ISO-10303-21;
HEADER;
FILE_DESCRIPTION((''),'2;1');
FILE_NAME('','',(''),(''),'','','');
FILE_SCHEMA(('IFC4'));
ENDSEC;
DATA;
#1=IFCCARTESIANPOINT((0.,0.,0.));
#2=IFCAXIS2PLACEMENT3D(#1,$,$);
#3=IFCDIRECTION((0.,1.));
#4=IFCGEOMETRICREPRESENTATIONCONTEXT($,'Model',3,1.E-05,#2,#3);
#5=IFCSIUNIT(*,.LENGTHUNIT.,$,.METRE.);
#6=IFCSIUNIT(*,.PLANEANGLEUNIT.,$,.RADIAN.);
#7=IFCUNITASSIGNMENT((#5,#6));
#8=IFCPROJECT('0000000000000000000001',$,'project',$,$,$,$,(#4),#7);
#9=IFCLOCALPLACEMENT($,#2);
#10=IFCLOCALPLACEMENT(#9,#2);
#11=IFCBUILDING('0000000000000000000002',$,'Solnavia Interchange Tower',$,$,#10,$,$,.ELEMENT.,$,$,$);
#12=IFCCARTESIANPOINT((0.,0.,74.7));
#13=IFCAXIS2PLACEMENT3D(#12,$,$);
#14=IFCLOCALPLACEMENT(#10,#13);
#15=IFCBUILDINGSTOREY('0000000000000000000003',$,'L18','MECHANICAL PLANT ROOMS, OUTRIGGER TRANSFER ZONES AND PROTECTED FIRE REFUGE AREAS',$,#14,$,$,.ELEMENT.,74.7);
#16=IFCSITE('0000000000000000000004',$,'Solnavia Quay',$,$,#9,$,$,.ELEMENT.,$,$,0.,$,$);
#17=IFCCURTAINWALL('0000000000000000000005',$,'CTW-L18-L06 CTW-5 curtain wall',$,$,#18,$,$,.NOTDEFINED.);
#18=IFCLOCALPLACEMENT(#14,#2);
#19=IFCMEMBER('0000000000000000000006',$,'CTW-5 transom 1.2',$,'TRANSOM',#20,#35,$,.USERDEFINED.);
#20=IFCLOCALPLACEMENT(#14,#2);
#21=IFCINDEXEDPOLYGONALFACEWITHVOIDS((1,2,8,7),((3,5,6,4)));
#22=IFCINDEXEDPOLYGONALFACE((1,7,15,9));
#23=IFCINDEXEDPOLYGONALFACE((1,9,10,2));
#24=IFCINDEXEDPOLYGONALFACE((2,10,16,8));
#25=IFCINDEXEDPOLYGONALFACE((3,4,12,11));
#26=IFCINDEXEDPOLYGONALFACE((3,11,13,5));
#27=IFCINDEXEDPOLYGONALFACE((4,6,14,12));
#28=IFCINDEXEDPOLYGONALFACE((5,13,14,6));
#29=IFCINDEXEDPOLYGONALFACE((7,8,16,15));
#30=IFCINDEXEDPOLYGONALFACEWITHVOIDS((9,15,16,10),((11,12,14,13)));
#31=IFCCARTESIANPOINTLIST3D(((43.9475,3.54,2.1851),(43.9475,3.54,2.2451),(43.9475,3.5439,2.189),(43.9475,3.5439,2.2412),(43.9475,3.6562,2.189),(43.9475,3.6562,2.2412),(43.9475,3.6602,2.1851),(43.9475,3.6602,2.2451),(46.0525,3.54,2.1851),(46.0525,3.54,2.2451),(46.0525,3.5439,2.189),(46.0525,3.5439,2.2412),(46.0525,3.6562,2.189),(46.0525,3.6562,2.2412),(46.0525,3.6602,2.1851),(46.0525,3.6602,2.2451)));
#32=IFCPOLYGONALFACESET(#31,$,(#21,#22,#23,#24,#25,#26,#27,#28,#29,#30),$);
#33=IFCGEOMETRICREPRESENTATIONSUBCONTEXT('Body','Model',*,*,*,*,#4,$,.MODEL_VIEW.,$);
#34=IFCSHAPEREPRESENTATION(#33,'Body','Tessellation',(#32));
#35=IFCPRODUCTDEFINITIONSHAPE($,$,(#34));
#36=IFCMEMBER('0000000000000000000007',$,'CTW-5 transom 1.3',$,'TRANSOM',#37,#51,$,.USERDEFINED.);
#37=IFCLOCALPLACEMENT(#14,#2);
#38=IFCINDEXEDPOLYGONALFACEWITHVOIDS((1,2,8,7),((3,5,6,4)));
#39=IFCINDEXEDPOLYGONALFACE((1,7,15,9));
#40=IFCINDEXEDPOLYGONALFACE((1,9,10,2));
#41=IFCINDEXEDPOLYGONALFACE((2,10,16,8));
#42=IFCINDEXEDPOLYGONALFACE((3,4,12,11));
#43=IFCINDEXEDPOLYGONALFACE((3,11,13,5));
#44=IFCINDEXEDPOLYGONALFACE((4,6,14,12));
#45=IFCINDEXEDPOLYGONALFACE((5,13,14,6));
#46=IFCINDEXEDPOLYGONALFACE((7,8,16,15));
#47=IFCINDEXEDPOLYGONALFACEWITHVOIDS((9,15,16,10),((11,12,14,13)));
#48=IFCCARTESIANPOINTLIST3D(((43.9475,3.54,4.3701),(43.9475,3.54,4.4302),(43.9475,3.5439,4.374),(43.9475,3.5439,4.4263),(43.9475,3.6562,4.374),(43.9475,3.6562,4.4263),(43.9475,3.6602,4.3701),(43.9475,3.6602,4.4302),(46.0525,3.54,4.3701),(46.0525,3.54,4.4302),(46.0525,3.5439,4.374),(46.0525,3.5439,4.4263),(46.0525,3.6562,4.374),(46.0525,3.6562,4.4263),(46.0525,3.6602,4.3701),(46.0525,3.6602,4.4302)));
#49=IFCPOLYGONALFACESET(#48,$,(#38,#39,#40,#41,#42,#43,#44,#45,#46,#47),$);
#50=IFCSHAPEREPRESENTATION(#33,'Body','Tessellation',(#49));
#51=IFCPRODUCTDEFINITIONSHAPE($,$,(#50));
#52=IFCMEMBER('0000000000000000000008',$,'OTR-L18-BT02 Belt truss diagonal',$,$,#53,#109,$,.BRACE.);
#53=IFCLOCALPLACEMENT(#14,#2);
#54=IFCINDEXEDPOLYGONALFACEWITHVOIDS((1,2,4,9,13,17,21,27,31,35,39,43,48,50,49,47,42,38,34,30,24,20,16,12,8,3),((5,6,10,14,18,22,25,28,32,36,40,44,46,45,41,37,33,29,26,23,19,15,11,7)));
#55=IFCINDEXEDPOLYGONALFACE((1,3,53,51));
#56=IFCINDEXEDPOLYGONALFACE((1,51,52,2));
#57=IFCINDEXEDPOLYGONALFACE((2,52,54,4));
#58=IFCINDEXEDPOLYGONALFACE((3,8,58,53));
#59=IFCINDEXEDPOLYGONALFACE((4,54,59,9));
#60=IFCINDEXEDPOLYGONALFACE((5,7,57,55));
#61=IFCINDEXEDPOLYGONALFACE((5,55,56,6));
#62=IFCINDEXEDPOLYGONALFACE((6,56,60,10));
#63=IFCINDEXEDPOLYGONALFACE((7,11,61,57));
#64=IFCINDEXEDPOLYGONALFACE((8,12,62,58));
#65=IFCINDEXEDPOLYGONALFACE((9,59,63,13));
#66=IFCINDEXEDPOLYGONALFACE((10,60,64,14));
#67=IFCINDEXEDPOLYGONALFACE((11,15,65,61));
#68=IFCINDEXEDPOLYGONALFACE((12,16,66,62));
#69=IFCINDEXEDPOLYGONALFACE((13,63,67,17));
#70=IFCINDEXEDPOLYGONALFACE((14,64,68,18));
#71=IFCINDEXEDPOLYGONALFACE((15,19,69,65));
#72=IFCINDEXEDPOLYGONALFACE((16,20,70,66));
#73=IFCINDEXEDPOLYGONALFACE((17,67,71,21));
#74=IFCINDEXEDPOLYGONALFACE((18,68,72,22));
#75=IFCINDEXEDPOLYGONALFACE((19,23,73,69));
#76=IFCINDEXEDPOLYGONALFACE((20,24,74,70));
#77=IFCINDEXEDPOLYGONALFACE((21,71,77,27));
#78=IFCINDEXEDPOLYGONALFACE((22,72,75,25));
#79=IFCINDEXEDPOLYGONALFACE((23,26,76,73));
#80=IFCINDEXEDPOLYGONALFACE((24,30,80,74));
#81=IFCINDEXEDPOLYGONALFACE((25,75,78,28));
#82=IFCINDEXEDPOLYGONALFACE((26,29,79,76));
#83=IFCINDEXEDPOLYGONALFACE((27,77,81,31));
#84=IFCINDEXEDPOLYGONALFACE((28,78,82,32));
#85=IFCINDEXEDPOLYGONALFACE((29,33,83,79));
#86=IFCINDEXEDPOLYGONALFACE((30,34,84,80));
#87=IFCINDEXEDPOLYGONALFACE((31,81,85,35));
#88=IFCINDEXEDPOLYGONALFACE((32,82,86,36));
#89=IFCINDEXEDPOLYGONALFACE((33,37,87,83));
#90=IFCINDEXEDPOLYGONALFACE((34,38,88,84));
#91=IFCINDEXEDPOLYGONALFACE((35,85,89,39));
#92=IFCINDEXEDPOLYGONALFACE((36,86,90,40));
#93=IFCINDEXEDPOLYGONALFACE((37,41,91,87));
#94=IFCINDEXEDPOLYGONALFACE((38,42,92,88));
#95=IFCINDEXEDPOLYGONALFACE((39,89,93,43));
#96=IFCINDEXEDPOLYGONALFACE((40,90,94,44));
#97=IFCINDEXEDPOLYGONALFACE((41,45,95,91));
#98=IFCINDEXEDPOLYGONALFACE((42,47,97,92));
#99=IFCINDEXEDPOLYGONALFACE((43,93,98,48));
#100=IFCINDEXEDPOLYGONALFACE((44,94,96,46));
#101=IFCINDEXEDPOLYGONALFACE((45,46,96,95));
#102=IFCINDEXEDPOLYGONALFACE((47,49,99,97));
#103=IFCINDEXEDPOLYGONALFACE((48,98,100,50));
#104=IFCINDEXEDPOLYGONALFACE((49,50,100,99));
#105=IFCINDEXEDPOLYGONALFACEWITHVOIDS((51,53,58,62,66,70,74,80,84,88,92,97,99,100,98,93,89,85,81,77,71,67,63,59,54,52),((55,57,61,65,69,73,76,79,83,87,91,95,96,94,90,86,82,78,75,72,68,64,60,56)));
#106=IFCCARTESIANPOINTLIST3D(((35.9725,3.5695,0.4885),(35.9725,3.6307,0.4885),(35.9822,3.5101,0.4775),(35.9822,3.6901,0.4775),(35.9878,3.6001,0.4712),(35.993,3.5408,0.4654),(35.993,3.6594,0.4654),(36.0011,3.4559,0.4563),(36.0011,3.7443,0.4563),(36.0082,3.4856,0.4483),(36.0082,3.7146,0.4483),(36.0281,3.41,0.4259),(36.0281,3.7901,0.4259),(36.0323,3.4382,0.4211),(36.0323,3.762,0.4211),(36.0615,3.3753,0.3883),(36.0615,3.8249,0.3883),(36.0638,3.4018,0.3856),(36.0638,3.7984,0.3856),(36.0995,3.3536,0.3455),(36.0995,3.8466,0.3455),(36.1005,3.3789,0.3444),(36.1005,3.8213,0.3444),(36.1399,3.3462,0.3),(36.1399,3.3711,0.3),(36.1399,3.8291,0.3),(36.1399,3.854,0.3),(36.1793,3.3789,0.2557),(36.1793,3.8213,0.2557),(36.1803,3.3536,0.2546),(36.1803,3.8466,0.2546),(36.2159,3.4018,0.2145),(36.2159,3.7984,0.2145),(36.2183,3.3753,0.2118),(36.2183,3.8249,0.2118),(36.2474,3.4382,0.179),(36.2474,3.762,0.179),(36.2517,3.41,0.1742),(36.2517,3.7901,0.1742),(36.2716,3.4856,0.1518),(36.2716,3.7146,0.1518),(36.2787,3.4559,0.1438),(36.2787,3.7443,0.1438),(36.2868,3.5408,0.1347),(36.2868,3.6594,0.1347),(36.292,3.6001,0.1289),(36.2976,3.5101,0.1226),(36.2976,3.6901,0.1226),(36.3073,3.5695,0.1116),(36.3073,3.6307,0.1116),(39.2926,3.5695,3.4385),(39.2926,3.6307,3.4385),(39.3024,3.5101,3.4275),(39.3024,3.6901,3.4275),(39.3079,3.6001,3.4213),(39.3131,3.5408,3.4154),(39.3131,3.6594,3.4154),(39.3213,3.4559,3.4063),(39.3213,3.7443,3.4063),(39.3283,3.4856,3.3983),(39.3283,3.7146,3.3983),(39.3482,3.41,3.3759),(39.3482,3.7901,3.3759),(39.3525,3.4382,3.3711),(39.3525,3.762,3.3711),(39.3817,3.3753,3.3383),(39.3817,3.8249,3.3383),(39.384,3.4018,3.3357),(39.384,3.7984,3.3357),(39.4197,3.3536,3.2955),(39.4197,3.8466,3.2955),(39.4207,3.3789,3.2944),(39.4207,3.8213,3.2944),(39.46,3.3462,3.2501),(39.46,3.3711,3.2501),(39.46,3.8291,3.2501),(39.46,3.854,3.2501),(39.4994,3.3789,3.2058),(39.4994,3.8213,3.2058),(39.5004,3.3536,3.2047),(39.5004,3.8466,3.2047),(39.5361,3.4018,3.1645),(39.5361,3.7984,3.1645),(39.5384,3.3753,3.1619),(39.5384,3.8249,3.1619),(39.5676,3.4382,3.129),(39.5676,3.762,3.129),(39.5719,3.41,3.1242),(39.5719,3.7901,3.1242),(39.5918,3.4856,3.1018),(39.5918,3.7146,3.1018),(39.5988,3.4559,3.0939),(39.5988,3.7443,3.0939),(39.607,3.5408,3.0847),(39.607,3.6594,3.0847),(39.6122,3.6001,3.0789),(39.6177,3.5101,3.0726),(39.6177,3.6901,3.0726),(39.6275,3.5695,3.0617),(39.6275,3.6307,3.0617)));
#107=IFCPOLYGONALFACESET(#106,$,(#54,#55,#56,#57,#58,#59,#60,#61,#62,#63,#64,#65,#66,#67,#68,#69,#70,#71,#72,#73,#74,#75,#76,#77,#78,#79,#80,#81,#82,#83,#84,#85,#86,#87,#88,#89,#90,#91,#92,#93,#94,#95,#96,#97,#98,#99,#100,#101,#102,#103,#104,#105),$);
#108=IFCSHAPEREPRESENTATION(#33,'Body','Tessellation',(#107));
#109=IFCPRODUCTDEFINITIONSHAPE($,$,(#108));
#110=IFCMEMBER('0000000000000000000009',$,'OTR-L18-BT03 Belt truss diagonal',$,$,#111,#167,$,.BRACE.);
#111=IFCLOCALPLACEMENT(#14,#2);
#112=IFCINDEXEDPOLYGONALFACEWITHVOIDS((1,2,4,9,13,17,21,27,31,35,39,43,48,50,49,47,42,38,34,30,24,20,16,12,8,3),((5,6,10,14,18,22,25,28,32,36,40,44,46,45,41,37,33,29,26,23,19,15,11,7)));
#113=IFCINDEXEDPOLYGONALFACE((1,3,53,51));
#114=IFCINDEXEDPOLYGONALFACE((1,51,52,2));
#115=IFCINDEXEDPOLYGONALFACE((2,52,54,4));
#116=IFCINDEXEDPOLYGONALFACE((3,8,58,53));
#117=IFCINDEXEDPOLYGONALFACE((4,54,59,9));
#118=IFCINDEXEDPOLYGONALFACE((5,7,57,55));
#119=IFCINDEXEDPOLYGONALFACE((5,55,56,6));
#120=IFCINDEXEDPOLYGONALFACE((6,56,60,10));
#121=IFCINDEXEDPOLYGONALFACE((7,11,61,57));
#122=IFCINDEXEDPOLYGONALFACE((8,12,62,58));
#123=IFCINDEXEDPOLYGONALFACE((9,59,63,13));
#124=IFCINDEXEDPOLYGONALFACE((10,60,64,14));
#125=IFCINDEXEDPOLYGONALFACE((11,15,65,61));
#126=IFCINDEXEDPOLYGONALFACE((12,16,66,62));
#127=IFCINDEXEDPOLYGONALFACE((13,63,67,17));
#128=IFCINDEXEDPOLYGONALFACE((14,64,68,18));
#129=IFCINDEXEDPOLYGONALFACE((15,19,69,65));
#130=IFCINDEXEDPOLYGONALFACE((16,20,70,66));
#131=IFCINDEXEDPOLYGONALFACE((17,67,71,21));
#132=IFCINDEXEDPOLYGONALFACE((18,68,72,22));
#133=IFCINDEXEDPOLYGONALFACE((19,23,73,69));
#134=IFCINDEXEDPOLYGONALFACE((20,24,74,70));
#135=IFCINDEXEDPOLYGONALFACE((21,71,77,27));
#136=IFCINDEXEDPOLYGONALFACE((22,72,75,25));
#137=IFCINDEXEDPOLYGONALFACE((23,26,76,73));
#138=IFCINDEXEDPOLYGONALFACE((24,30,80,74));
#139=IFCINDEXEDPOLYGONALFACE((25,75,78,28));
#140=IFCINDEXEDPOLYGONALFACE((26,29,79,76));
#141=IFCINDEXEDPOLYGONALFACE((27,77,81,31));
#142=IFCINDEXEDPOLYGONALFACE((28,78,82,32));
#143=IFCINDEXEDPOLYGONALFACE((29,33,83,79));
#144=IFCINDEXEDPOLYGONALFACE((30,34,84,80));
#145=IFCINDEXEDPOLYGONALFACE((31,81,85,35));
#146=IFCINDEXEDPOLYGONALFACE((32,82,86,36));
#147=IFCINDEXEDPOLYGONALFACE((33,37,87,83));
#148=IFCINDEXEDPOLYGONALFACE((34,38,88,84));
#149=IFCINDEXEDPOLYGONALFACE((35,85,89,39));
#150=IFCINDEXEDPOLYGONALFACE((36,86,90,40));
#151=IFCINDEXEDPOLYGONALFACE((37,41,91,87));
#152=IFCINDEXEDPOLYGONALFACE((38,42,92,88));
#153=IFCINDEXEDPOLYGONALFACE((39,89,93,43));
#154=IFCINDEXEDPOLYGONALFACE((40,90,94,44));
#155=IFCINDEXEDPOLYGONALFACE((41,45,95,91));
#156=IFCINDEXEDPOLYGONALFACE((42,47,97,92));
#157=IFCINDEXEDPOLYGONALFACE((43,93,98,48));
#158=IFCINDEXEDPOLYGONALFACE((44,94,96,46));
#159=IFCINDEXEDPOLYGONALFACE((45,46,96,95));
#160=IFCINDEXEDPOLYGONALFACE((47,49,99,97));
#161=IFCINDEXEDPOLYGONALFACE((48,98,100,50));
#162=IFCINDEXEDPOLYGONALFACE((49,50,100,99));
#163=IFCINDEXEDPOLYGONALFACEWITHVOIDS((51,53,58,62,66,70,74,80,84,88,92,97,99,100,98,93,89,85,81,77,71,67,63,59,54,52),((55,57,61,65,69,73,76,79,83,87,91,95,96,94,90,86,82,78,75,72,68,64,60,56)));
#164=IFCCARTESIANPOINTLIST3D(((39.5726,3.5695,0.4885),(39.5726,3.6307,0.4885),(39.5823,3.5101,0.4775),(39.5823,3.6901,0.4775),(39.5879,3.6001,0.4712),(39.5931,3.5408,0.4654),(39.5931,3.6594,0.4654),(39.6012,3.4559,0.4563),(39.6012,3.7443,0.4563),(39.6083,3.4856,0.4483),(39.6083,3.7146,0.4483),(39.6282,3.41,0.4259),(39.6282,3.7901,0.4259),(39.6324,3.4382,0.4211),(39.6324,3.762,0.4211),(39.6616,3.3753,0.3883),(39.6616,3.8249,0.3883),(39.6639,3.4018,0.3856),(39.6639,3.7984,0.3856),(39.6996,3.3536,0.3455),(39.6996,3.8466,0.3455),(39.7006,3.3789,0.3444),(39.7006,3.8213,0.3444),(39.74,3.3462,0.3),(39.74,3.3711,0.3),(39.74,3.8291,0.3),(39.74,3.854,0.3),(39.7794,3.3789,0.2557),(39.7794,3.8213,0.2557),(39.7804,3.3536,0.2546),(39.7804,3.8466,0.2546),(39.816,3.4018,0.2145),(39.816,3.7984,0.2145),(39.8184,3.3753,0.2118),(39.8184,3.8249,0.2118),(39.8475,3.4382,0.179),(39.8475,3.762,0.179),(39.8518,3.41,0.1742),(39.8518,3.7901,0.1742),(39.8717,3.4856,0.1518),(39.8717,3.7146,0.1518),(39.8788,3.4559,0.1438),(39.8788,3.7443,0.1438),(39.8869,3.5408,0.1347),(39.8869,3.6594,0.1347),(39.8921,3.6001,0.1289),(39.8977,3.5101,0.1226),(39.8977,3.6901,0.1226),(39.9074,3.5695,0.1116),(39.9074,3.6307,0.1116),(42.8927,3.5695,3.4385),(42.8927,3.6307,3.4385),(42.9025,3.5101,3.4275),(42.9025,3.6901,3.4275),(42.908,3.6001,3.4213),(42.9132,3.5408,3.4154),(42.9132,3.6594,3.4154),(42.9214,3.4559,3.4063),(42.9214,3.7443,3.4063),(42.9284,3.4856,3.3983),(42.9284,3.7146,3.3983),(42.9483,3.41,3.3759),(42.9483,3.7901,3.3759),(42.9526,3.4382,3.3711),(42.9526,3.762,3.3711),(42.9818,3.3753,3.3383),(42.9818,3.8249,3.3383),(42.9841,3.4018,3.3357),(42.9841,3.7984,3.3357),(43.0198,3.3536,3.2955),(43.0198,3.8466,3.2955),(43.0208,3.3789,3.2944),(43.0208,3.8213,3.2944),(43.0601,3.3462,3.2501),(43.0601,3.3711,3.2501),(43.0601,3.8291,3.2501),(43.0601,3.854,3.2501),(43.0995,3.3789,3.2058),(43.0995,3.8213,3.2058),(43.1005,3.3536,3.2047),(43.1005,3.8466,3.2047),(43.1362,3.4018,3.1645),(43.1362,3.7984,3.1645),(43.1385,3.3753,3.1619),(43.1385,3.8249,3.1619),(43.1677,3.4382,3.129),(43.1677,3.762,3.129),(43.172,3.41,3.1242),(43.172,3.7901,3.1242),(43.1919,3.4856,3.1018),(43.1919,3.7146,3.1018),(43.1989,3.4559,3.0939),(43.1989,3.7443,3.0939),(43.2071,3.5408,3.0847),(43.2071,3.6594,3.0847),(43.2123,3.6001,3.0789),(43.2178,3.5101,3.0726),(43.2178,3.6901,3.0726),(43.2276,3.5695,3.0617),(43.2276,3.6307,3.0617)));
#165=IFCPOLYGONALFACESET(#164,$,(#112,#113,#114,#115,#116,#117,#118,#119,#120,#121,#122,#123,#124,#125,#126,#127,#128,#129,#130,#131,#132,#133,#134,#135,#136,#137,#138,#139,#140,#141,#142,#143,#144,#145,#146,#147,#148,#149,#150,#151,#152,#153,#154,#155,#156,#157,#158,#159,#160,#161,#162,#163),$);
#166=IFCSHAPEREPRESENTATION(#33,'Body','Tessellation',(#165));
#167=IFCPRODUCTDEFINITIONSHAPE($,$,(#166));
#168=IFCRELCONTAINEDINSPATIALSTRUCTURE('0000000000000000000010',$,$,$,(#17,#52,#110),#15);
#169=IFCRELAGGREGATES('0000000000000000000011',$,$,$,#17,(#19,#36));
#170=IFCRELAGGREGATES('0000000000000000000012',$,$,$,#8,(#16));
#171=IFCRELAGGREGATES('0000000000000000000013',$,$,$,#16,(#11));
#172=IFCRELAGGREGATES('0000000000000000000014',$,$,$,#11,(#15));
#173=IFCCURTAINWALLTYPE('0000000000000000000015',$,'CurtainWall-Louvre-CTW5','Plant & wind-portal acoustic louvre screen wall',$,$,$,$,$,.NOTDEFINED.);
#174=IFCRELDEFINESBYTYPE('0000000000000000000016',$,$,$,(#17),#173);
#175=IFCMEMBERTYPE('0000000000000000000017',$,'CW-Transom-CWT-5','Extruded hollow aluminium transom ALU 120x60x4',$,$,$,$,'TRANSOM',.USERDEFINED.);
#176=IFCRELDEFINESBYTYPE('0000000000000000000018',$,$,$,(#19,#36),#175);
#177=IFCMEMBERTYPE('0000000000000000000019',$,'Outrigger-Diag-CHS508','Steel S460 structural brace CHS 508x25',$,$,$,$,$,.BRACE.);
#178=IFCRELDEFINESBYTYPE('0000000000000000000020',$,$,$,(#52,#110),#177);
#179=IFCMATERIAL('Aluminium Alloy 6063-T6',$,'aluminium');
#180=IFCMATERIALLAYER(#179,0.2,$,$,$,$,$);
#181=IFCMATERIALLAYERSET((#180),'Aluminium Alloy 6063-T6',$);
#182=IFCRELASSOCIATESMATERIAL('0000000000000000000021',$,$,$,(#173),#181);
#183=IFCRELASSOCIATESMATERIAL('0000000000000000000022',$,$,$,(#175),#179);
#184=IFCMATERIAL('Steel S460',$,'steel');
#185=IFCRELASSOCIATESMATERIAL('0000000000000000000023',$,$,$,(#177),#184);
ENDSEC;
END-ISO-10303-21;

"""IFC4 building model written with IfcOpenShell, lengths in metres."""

from ifc_helpers import new_model, si_unit, direction, frame, origin, origin_2d, place, context, subcontext, project, spatial, hollow_rectangle, hollow_circle, extrude, material, layer, layer_set, material_profile, profile_set, type_object, element, aggregate, save


model = new_model("IFC4")

# Units and contexts
model_context = context("Model", 3, precision=1e-05, world=origin(), true_north=direction((0.0, 1.0)))
body_context = subcontext(model_context, "Body", "Model", "MODEL_VIEW")
ifc_project = project(units=[si_unit("LENGTHUNIT", "METRE"), si_unit("PLANEANGLEUNIT", "RADIAN")], contexts=[model_context])

# Site, building, storey
site_placement = place(None, origin())
site = spatial("IfcSite", under=ifc_project, at=site_placement, Name="Solnavia Quay", CompositionType="ELEMENT", RefElevation=0.0)
building_placement = place(site_placement, origin())
building = spatial("IfcBuilding", under=site, at=building_placement, Name="Solnavia Interchange Tower", CompositionType="ELEMENT")
storey_placement = place(building_placement, frame((0.0, 0.0, 74.7)))
storey = spatial("IfcBuildingStorey", under=building, at=storey_placement, Name="L18", Description="MECHANICAL PLANT ROOMS, OUTRIGGER TRANSFER ZONES AND PROTECTED FIRE REFUGE AREAS", CompositionType="ELEMENT", Elevation=74.7)

# Shared definitions
ifc_material_1 = material(Name="Steel S460", Category="steel")

# Curtain wall, members
ifc_material_2 = material(Name="Aluminium Alloy 6063-T6", Category="aluminium")
ifc_layer_1 = layer(ifc_material_2, 0.2)
ifc_layer_set_1 = layer_set([ifc_layer_1], Name="Aluminium Alloy 6063-T6")
curtain_wall_type = type_object("IfcCurtainWallType", Name="CurtainWall-Louvre-CTW5", Description="Plant & wind-portal acoustic louvre screen wall", PredefinedType="NOTDEFINED", material=ifc_layer_set_1)
curtain_wall_placement = place(storey_placement, origin())
curtain_wall = element("IfcCurtainWall", 1, at=curtain_wall_placement, inside=storey, type_object=curtain_wall_type, Name="CTW-L18-L06 CTW-5 curtain wall", PredefinedType="NOTDEFINED")
ifc_material_profile_1 = material_profile(ifc_material_2, hollow_rectangle(XDim=0.0601, YDim=0.1201, WallThickness=0.0039, at=origin_2d()), Name="ALU 120x60x4")
ifc_profile_set_1 = profile_set([ifc_material_profile_1], Name="Aluminium Alloy 6063-T6")
member_type_1 = type_object("IfcMemberType", Name="CW-Transom-CWT-5", Description="Extruded hollow aluminium transom ALU 120x60x4", ElementType="TRANSOM", PredefinedType="USERDEFINED", material=ifc_profile_set_1)
member_1_placement = place(storey_placement, frame((43.9475, 3.6001, 2.2151), z_axis=(1.0, 0.0, 0.0), x_axis=(0.0, 0.0, 1.0)))
member_1 = element("IfcMember", 2, at=member_1_placement, type_object=member_type_1, Name="CTW-5 transom 1.2", ObjectType="TRANSOM", PredefinedType="USERDEFINED", context=body_context, shape_type="SweptSolid", body=[
    extrude(hollow_rectangle(XDim=0.0601, YDim=0.1201, WallThickness=0.0039, at=origin_2d()), origin(), (0.0, 0.0, 1.0), 2.105),
])
member_2_placement = place(storey_placement, frame((43.9475, 3.6001, 4.4001), z_axis=(1.0, 0.0, 0.0), x_axis=(0.0, 0.0, 1.0)))
member_2 = element("IfcMember", 3, at=member_2_placement, type_object=member_type_1, Name="CTW-5 transom 1.3", ObjectType="TRANSOM", PredefinedType="USERDEFINED", context=body_context, shape_type="SweptSolid", body=[
    extrude(hollow_rectangle(XDim=0.0601, YDim=0.1201, WallThickness=0.0039, at=origin_2d()), origin(), (0.0, 0.0, 1.0), 2.105),
])

# Members
ifc_material_profile_2 = material_profile(ifc_material_1, hollow_circle(Radius=0.2539, WallThickness=0.0249, at=origin_2d()), Name="CHS 508x25")
ifc_profile_set_2 = profile_set([ifc_material_profile_2], Name="Steel S460")
member_type_2 = type_object("IfcMemberType", Name="Outrigger-Diag-CHS508", Description="Steel S460 structural brace CHS 508x25", PredefinedType="BRACE", material=ifc_profile_set_2)
for number, where, z_axis, x_axis, name in (
    (4, (36.1399, 3.6001, 0.3), (0.747546, 0.0, 0.66421), (0.0, 1.0, 0.0), "OTR-L18-BT02 Belt truss diagonal"),
    (5, (39.74, 3.6001, 0.3), (0.747546, 0.0, 0.66421), (0.0, 1.0, 0.0), "OTR-L18-BT03 Belt truss diagonal"),
):
    element("IfcMember", number, at=place(storey_placement, frame(where, z_axis=z_axis, x_axis=x_axis)), inside=storey, type_object=member_type_2, Name=name, PredefinedType="BRACE", context=body_context, shape_type="SweptSolid", body=[
        extrude(hollow_circle(Radius=0.2539, WallThickness=0.0249, at=origin_2d()), origin(), (0.0, 0.0, 1.0), 4.4414),
    ])

aggregate(curtain_wall, [member_1, member_2])

save(model, "model.ifc")
